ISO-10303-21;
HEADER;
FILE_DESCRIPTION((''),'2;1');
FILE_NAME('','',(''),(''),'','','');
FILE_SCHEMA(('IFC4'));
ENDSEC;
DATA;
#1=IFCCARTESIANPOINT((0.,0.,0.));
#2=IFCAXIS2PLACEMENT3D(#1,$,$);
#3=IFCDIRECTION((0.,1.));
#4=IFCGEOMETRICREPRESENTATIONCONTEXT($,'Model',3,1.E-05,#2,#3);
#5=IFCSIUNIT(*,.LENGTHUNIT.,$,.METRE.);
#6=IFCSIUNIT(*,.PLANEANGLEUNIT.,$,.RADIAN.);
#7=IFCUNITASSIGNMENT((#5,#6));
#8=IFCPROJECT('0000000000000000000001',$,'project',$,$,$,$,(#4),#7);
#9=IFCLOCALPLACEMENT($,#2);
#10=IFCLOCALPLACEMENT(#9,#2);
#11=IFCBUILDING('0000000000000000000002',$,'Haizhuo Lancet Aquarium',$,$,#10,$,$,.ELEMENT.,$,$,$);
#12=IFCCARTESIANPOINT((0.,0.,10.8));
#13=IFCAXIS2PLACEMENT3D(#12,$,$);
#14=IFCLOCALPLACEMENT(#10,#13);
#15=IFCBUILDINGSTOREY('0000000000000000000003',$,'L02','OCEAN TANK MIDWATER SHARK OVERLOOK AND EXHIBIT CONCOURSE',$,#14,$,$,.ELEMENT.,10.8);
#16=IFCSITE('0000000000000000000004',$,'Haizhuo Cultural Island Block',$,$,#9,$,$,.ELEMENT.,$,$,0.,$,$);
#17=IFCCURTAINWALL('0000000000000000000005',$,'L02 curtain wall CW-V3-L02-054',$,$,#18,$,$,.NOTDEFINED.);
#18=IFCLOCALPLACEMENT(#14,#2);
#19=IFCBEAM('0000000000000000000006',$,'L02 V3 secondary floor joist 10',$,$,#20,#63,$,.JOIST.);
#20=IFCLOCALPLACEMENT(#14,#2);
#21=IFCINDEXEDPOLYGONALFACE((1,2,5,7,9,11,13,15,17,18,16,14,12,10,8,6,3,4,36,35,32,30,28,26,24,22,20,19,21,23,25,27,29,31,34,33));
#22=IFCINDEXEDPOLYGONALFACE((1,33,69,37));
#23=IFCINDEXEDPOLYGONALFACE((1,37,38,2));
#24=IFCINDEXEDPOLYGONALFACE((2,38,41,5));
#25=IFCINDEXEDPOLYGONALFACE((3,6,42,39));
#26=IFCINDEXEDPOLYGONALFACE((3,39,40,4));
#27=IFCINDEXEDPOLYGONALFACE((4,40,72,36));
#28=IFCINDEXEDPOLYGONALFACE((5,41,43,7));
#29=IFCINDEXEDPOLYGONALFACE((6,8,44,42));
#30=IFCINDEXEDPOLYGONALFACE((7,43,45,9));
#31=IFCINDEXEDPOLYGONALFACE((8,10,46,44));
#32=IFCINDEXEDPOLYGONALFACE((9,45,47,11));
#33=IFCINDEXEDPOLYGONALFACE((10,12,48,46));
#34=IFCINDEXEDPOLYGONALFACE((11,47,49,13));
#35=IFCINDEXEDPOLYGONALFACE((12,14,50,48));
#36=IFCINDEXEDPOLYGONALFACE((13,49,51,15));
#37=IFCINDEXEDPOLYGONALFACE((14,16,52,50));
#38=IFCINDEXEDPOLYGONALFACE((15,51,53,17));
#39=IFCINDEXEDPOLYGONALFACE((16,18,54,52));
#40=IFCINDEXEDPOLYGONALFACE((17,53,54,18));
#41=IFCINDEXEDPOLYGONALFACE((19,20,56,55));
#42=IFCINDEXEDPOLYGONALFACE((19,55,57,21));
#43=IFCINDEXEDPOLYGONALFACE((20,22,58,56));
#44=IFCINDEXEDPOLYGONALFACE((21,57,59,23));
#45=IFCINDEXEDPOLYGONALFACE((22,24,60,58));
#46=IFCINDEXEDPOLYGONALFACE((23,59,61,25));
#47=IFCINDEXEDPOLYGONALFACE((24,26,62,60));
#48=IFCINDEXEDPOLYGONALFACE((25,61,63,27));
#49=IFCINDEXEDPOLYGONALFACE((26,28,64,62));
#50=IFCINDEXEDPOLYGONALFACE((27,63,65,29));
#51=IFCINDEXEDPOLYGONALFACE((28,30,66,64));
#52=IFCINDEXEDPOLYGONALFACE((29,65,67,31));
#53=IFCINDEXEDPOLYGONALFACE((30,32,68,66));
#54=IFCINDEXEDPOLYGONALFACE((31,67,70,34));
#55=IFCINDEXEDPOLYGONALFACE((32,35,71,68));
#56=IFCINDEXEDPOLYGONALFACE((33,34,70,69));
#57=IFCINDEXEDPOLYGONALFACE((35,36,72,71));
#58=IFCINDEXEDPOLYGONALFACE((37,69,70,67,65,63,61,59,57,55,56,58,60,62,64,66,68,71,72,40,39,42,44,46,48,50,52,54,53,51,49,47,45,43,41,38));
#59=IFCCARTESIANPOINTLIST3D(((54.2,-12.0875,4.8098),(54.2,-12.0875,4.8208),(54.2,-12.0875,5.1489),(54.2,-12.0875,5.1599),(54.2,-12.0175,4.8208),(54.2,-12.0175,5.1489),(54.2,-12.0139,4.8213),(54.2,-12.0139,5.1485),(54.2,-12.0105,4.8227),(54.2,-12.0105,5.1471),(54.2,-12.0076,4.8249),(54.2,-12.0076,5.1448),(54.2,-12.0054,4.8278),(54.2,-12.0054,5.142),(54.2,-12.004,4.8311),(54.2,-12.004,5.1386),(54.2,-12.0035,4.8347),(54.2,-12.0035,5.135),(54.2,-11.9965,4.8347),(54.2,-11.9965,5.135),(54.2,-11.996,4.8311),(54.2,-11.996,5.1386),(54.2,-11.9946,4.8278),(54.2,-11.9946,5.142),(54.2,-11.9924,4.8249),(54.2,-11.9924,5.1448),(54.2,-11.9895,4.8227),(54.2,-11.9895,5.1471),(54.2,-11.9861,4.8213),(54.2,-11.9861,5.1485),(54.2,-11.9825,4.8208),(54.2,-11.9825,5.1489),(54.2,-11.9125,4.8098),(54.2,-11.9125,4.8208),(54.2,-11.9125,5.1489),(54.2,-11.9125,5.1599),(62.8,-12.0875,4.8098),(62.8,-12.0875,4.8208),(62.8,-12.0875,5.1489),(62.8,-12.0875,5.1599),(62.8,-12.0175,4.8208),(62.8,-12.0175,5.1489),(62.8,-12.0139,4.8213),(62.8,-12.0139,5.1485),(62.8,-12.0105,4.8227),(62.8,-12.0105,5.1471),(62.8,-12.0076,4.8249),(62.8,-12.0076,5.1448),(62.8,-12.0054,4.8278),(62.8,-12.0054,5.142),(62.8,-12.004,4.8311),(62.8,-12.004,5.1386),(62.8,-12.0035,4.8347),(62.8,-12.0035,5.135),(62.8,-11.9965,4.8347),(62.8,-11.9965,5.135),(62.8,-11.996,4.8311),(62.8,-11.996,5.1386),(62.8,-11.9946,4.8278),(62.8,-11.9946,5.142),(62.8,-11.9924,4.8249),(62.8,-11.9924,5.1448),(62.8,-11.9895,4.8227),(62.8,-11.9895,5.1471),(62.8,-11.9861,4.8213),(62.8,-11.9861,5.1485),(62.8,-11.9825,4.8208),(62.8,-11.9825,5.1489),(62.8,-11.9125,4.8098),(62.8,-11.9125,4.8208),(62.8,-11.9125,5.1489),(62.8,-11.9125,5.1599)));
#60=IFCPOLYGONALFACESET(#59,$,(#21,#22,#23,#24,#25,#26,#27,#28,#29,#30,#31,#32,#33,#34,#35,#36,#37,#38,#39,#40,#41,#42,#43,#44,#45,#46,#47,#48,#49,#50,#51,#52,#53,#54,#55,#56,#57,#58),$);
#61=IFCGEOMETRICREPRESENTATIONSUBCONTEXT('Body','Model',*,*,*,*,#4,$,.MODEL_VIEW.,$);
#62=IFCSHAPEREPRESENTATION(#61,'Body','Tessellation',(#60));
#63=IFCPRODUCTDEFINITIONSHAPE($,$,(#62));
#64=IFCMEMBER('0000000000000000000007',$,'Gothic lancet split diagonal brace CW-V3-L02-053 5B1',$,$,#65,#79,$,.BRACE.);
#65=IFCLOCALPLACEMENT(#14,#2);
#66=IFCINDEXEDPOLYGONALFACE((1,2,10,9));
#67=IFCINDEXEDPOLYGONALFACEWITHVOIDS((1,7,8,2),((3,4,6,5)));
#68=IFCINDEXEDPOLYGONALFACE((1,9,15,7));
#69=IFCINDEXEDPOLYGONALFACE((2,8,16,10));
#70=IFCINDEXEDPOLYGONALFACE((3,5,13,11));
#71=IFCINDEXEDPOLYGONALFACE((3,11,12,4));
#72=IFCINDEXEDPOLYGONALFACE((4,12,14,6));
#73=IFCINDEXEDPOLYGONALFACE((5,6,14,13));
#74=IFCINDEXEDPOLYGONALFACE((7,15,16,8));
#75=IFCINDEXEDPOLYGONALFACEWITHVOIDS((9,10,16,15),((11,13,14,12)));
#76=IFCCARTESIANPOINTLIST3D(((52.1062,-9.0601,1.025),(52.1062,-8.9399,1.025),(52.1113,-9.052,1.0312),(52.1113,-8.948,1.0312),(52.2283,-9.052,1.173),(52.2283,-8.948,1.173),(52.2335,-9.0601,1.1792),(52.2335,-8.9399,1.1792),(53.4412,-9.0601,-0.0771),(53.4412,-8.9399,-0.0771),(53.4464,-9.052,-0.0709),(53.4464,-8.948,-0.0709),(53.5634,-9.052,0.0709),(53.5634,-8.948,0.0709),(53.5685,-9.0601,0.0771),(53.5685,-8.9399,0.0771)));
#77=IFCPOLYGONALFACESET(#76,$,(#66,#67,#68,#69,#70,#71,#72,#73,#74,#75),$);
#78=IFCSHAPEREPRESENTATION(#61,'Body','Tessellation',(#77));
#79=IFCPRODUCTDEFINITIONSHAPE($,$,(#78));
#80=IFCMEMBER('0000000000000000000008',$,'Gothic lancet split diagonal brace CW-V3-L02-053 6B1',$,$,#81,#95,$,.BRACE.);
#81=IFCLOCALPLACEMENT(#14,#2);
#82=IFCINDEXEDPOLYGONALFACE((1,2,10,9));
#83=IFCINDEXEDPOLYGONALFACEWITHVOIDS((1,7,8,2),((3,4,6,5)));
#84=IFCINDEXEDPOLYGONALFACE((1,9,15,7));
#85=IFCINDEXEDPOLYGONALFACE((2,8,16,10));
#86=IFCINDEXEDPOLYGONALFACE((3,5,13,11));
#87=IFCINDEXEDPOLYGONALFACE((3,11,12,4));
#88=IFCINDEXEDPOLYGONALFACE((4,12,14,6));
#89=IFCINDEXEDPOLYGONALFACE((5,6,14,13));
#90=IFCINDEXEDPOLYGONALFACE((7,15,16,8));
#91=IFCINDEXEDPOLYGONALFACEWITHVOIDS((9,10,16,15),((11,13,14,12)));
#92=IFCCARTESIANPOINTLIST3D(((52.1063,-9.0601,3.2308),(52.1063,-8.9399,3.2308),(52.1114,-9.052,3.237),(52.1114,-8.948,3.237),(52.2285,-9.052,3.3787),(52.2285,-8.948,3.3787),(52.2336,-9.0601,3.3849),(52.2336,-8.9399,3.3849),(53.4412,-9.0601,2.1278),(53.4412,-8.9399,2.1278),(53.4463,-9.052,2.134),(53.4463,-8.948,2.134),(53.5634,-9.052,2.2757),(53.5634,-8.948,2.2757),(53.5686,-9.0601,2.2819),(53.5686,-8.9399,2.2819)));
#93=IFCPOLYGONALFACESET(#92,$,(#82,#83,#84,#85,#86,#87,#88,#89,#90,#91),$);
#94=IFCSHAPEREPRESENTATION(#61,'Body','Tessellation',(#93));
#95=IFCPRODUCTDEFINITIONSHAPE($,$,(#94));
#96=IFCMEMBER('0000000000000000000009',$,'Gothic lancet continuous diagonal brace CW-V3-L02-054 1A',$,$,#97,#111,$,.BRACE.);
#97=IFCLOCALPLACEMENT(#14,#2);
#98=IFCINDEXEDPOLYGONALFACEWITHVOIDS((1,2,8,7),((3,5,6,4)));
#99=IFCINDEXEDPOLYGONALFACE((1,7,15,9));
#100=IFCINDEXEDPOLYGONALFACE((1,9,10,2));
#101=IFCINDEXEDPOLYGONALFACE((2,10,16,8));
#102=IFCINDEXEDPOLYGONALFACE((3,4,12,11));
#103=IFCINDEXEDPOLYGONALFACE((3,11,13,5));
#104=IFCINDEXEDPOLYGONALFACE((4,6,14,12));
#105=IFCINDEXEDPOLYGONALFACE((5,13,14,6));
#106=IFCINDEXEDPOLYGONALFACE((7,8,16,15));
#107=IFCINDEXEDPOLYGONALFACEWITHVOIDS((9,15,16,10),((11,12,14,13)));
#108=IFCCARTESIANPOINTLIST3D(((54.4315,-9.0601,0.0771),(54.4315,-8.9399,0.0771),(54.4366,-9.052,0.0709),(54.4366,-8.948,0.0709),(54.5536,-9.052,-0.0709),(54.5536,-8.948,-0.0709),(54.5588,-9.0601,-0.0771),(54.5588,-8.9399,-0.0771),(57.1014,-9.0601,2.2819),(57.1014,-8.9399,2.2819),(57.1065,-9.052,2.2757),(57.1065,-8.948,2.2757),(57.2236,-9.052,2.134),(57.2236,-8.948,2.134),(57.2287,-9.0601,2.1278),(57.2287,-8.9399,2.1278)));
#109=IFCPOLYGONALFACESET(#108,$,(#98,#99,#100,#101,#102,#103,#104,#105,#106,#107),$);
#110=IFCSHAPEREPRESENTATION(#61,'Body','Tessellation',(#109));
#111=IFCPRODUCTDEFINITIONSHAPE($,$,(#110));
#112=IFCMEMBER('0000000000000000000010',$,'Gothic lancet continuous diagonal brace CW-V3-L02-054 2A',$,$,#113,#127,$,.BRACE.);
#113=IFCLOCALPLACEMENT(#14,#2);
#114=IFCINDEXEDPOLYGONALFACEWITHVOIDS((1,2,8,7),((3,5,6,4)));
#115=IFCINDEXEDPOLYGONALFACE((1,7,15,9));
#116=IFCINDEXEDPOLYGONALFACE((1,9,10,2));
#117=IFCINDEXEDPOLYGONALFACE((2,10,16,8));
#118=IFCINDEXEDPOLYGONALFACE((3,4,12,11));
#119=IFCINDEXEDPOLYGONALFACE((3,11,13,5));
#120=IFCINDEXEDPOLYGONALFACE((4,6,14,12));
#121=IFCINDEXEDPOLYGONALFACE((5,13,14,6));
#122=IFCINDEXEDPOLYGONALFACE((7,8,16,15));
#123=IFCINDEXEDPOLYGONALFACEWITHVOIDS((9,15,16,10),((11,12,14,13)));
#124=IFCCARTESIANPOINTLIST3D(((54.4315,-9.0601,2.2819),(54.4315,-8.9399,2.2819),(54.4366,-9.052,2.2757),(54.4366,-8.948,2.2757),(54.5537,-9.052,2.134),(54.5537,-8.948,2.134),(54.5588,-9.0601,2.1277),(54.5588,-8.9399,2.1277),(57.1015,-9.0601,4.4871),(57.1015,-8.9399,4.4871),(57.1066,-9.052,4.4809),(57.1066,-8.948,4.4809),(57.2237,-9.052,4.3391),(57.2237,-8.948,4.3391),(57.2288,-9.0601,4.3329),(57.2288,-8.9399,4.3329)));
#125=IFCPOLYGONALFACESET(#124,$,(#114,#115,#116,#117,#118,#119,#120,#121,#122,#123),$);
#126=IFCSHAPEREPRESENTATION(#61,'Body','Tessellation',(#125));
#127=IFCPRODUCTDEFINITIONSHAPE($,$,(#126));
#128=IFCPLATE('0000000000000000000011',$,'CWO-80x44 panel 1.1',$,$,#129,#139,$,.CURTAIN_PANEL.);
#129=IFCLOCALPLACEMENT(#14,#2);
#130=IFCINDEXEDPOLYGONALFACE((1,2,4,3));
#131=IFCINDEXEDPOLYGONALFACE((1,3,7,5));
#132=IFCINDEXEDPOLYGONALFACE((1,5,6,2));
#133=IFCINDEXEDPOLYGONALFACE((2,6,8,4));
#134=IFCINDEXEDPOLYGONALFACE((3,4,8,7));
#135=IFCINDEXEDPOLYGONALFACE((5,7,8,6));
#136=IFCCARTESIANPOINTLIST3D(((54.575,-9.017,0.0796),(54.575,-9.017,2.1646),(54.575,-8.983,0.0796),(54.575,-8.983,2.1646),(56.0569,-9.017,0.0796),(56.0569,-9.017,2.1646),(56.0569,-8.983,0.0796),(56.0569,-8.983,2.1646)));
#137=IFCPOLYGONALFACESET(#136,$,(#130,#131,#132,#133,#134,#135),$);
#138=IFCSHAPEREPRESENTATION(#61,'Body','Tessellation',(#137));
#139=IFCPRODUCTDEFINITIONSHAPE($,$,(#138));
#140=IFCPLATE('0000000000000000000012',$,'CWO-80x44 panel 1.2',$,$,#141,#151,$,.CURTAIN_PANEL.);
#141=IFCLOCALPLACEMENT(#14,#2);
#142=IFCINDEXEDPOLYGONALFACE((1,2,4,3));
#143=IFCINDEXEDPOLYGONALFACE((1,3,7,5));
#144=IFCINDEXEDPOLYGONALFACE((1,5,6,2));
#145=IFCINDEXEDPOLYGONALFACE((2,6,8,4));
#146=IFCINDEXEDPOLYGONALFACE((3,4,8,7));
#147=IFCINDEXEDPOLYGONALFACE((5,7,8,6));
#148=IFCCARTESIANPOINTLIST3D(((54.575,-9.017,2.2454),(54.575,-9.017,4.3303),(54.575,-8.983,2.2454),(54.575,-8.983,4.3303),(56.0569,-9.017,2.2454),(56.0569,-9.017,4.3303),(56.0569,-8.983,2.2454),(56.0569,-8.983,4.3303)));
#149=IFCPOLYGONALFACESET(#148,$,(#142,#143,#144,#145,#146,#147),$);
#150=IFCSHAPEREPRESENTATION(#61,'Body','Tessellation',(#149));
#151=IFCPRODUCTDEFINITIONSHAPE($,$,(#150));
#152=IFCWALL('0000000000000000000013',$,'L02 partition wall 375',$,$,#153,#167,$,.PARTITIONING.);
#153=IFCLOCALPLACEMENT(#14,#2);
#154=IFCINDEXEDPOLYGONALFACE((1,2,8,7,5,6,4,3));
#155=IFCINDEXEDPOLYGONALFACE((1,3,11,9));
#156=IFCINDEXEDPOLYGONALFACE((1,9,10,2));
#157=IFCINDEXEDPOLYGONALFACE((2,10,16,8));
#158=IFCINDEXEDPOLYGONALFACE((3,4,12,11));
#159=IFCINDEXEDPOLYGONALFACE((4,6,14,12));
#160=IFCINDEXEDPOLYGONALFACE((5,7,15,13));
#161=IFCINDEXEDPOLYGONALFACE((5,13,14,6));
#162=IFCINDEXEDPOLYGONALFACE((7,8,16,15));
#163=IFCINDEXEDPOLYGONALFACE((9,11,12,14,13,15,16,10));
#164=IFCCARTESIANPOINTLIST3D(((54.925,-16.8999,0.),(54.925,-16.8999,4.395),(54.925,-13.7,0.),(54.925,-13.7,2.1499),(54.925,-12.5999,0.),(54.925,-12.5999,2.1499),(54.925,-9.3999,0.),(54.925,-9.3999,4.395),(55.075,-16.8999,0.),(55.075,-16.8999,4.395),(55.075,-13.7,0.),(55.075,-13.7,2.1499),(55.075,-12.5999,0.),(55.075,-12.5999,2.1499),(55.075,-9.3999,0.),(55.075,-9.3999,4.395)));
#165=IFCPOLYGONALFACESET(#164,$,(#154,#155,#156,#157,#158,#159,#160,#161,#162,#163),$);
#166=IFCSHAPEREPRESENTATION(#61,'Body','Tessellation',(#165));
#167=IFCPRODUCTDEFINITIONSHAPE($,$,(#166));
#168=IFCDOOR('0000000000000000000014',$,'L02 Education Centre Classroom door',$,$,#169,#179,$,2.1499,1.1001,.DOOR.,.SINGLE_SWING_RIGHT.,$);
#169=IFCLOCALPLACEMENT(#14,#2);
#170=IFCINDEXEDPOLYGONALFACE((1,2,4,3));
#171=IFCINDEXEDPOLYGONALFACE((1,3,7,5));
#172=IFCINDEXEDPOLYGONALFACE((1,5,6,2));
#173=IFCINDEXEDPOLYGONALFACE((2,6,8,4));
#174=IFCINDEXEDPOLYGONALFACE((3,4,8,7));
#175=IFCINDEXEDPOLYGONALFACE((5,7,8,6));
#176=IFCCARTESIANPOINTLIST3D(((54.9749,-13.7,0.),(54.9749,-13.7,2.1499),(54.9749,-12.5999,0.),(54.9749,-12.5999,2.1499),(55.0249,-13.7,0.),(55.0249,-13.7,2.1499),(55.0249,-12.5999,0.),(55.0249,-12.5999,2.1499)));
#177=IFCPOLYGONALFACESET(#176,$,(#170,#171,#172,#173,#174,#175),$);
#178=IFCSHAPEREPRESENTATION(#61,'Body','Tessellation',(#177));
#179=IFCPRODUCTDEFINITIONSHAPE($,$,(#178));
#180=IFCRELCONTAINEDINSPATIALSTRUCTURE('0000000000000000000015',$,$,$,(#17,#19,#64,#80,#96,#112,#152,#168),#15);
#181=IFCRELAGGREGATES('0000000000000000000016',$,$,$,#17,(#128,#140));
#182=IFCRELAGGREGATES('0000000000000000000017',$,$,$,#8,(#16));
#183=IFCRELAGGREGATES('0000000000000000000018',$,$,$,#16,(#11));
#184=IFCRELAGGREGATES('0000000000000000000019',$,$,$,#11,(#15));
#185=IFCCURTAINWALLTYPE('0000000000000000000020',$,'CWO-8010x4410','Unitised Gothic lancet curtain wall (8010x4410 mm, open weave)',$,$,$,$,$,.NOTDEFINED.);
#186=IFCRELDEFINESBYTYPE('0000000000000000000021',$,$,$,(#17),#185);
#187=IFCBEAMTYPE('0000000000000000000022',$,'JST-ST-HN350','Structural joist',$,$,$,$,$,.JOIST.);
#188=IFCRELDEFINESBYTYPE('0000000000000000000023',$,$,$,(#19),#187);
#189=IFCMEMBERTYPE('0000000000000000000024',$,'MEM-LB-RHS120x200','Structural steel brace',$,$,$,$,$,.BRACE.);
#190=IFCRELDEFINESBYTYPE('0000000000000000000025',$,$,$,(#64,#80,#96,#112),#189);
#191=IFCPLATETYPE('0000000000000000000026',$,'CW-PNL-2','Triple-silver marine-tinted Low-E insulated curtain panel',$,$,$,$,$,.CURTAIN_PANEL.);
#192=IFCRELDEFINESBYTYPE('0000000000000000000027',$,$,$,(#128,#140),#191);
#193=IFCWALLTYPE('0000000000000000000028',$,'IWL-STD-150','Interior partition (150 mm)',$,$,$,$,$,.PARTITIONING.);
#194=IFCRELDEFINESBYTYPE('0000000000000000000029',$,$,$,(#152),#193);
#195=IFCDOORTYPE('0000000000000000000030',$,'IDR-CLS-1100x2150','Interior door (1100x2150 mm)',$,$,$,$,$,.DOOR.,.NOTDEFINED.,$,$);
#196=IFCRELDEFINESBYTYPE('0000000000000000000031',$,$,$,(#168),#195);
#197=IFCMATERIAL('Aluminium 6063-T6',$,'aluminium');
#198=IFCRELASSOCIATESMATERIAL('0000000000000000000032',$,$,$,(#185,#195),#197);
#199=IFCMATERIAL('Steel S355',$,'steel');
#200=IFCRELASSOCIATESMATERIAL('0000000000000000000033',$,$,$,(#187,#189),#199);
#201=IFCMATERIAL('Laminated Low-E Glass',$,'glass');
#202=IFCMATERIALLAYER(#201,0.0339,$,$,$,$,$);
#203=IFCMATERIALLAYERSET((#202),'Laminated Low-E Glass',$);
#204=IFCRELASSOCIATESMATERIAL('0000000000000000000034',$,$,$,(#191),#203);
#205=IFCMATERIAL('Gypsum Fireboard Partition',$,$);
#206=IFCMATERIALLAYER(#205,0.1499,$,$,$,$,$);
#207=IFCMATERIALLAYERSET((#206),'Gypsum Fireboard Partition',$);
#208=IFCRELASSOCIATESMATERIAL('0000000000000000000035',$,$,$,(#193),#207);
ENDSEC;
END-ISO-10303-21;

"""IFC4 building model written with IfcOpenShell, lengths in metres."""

from ifc_helpers import new_model, si_unit, direction, frame, frame_2d, origin, origin_2d, place, context, subcontext, project, spatial, rectangle, hollow_rectangle, i_section, extrude, material, layer, layer_set, material_profile, profile_set, type_object, element, fill, aggregate, save


model = new_model("IFC4")

# Units and contexts
model_context = context("Model", 3, precision=1e-05, world=origin(), true_north=direction((0.0, 1.0)))
body_context = subcontext(model_context, "Body", "Model", "MODEL_VIEW")
ifc_project = project(units=[si_unit("LENGTHUNIT", "METRE"), si_unit("PLANEANGLEUNIT", "RADIAN")], contexts=[model_context])

# Site, building, storey
site_placement = place(None, origin())
site = spatial("IfcSite", under=ifc_project, at=site_placement, Name="Haizhuo Cultural Island Block", CompositionType="ELEMENT", RefElevation=0.0)
building_placement = place(site_placement, origin())
building = spatial("IfcBuilding", under=site, at=building_placement, Name="Haizhuo Lancet Aquarium", CompositionType="ELEMENT")
storey_placement = place(building_placement, frame((0.0, 0.0, 10.8)))
storey = spatial("IfcBuildingStorey", under=building, at=storey_placement, Name="L02", Description="OCEAN TANK MIDWATER SHARK OVERLOOK AND EXHIBIT CONCOURSE", CompositionType="ELEMENT", Elevation=10.8)

# Shared definitions
ifc_material_1 = material(Name="Aluminium 6063-T6", Category="aluminium")
curtain_wall_type = type_object("IfcCurtainWallType", Name="CWO-8010x4410", Description="Unitised Gothic lancet curtain wall (8010x4410 mm, open weave)", PredefinedType="NOTDEFINED", material=ifc_material_1)

# Curtain wall
curtain_wall_1_placement = place(storey_placement, origin())
curtain_wall_1 = element("IfcCurtainWall", 1, at=curtain_wall_1_placement, inside=storey, type_object=curtain_wall_type, Name="L02 curtain wall CW-V3-L02-054", PredefinedType="NOTDEFINED")

# Beam
ifc_material_2 = material(Name="Steel S355", Category="steel")
ifc_material_profile_1 = material_profile(ifc_material_2, i_section(OverallWidth=0.175, OverallDepth=0.3501, WebThickness=0.0071, FlangeThickness=0.011, FilletRadius=0.0139, at=origin_2d()), Name="HN 350x175x7x11")
ifc_profile_set_1 = profile_set([ifc_material_profile_1], Name="Steel S355")
beam_type_1 = type_object("IfcBeamType", Name="JST-ST-HN350", Description="Structural joist", PredefinedType="JOIST", material=ifc_profile_set_1)
beam_1_placement = place(storey_placement, frame((54.2, -12.0, 4.9849), z_axis=(1.0, 0.0, 0.0), x_axis=(0.0, 1.0, 0.0)))
element("IfcBeam", 2, at=beam_1_placement, inside=storey, type_object=beam_type_1, Name="L02 V3 secondary floor joist 10", PredefinedType="JOIST", context=body_context, shape_type="SweptSolid", body=[
    extrude(i_section(OverallWidth=0.175, OverallDepth=0.3501, WebThickness=0.0071, FlangeThickness=0.011, FilletRadius=0.0139, at=origin_2d()), origin(), (0.0, 0.0, 1.0), 8.6001),
])

# Members
ifc_material_profile_2 = material_profile(ifc_material_2, hollow_rectangle(XDim=0.1201, YDim=0.2, WallThickness=0.0081, at=origin_2d()), Name="RHS 120x200x8")
ifc_profile_set_2 = profile_set([ifc_material_profile_2], Name="Steel S355")
member_type_1 = type_object("IfcMemberType", Name="MEM-LB-RHS120x200", Description="Structural steel brace", PredefinedType="BRACE", material=ifc_profile_set_2)
member_1_placement = place(storey_placement, frame((53.5049, -9.0, 0.0), z_axis=(-0.771172, 0.0, 0.636626), x_axis=(0.0, -1.0, 0.0)))
element("IfcMember", 3, at=member_1_placement, inside=storey, type_object=member_type_1, Name="Gothic lancet split diagonal brace CW-V3-L02-053 5B1", PredefinedType="BRACE", context=body_context, shape_type="SweptSolid", body=[
    extrude(hollow_rectangle(XDim=0.1201, YDim=0.2, WallThickness=0.0081, at=origin_2d()), origin(), (0.0, 0.0, 1.0), 1.7312),
])
member_2_placement = place(storey_placement, frame((53.5049, -9.0, 2.2048), z_axis=(-0.770896, 0.0, 0.636962), x_axis=(0.0, -1.0, 0.0)))
element("IfcMember", 4, at=member_2_placement, inside=storey, type_object=member_type_1, Name="Gothic lancet split diagonal brace CW-V3-L02-053 6B1", PredefinedType="BRACE", context=body_context, shape_type="SweptSolid", body=[
    extrude(hollow_rectangle(XDim=0.1201, YDim=0.2, WallThickness=0.0081, at=origin_2d()), origin(), (0.0, 0.0, 1.0), 1.7317),
])
member_3_placement = place(storey_placement, frame((54.4951, -9.0, 0.0), z_axis=(0.771069, 0.0, 0.636752), x_axis=(0.0, 1.0, 0.0)))
element("IfcMember", 5, at=member_3_placement, inside=storey, type_object=member_type_1, Name="Gothic lancet continuous diagonal brace CW-V3-L02-054 1A", PredefinedType="BRACE", context=body_context, shape_type="SweptSolid", body=[
    extrude(hollow_rectangle(XDim=0.1201, YDim=0.2, WallThickness=0.0081, at=origin_2d()), origin(), (0.0, 0.0, 1.0), 3.4626),
])
member_4_placement = place(storey_placement, frame((54.4951, -9.0, 2.2048), z_axis=(0.771034, 0.0, 0.636794), x_axis=(0.0, 1.0, 0.0)))
element("IfcMember", 6, at=member_4_placement, inside=storey, type_object=member_type_1, Name="Gothic lancet continuous diagonal brace CW-V3-L02-054 2A", PredefinedType="BRACE", context=body_context, shape_type="SweptSolid", body=[
    extrude(hollow_rectangle(XDim=0.1201, YDim=0.2, WallThickness=0.0081, at=origin_2d()), origin(), (0.0, 0.0, 1.0), 3.4629),
])

# Plates
ifc_material_3 = material(Name="Laminated Low-E Glass", Category="glass")
ifc_layer_1 = layer(ifc_material_3, 0.0339)
ifc_layer_set_1 = layer_set([ifc_layer_1], Name="Laminated Low-E Glass")
plate_type = type_object("IfcPlateType", Name="CW-PNL-2", Description="Triple-silver marine-tinted Low-E insulated curtain panel", PredefinedType="CURTAIN_PANEL", material=ifc_layer_set_1)
plate_1_placement = place(storey_placement, frame((55.3159, -9.0, 0.0796), z_axis=(0.0, 0.0, 1.0), x_axis=(1.0, 0.0, 0.0)))
plate_1 = element("IfcPlate", 7, at=plate_1_placement, type_object=plate_type, Name="CWO-80x44 panel 1.1", PredefinedType="CURTAIN_PANEL", context=body_context, shape_type="SweptSolid", body=[
    extrude(rectangle(XDim=1.4819, YDim=0.0339, at=origin_2d()), origin(), (0.0, 0.0, 1.0), 2.085),
])
plate_2_placement = place(storey_placement, frame((55.3159, -9.0, 2.2454), z_axis=(0.0, 0.0, 1.0), x_axis=(1.0, 0.0, 0.0)))
plate_2 = element("IfcPlate", 8, at=plate_2_placement, type_object=plate_type, Name="CWO-80x44 panel 1.2", PredefinedType="CURTAIN_PANEL", context=body_context, shape_type="SweptSolid", body=[
    extrude(rectangle(XDim=1.4819, YDim=0.0339, at=origin_2d()), origin(), (0.0, 0.0, 1.0), 2.085),
])
aggregate(curtain_wall_1, [plate_1, plate_2])

# Wall, opening, door
ifc_material_4 = material(Name="Gypsum Fireboard Partition")
ifc_layer_2 = layer(ifc_material_4, 0.1499)
ifc_layer_set_2 = layer_set([ifc_layer_2], Name="Gypsum Fireboard Partition")
wall_type_1 = type_object("IfcWallType", Name="IWL-STD-150", Description="Interior partition (150 mm)", PredefinedType="PARTITIONING", material=ifc_layer_set_2)
wall_1_placement = place(storey_placement, frame((55.0, -9.3999, 0.0), z_axis=(0.0, 0.0, 1.0), x_axis=(0.0, -1.0, 0.0)))
wall_1 = element("IfcWall", 9, at=wall_1_placement, inside=storey, type_object=wall_type_1, Name="L02 partition wall 375", PredefinedType="PARTITIONING", context=body_context, shape_type="SweptSolid", body=[
    extrude(rectangle(XDim=7.5, YDim=0.1499, at=frame_2d((3.75, 0.0))), origin(), (0.0, 0.0, 1.0), 4.395),
])
opening_placement = place(wall_1_placement, frame((3.2, 0.0, 0.0)))
opening = element("IfcOpeningElement", 10, at=opening_placement, cuts=wall_1, PredefinedType="OPENING", context=body_context, shape_type="SweptSolid", body=[
    extrude(rectangle(XDim=1.1001, YDim=2.1499, at=frame_2d((0.55, 1.075))), frame((0.0, 0.085, 0.0), z_axis=(0.0, -1.0, 0.0), x_axis=(1.0, 0.0, 0.0)), (0.0, 0.0, 1.0), 0.1699),
])
door_type = type_object("IfcDoorType", Name="IDR-CLS-1100x2150", Description="Interior door (1100x2150 mm)", OperationType="NOTDEFINED", PredefinedType="DOOR", material=ifc_material_1)
door_placement = place(opening_placement, origin())
door = element("IfcDoor", 11, at=door_placement, inside=storey, type_object=door_type, Name="L02 Education Centre Classroom door", OperationType="SINGLE_SWING_RIGHT", OverallHeight=2.1499, OverallWidth=1.1001, PredefinedType="DOOR", context=body_context, shape_type="SweptSolid", body=[
    extrude(rectangle(XDim=1.1001, YDim=2.1499, at=frame_2d((0.55, 1.075))), frame((0.0, 0.0249, 0.0), z_axis=(0.0, -1.0, 0.0), x_axis=(1.0, 0.0, 0.0)), (0.0, 0.0, 1.0), 0.05),
])
fill(opening, door)

save(model, "model.ifc")
